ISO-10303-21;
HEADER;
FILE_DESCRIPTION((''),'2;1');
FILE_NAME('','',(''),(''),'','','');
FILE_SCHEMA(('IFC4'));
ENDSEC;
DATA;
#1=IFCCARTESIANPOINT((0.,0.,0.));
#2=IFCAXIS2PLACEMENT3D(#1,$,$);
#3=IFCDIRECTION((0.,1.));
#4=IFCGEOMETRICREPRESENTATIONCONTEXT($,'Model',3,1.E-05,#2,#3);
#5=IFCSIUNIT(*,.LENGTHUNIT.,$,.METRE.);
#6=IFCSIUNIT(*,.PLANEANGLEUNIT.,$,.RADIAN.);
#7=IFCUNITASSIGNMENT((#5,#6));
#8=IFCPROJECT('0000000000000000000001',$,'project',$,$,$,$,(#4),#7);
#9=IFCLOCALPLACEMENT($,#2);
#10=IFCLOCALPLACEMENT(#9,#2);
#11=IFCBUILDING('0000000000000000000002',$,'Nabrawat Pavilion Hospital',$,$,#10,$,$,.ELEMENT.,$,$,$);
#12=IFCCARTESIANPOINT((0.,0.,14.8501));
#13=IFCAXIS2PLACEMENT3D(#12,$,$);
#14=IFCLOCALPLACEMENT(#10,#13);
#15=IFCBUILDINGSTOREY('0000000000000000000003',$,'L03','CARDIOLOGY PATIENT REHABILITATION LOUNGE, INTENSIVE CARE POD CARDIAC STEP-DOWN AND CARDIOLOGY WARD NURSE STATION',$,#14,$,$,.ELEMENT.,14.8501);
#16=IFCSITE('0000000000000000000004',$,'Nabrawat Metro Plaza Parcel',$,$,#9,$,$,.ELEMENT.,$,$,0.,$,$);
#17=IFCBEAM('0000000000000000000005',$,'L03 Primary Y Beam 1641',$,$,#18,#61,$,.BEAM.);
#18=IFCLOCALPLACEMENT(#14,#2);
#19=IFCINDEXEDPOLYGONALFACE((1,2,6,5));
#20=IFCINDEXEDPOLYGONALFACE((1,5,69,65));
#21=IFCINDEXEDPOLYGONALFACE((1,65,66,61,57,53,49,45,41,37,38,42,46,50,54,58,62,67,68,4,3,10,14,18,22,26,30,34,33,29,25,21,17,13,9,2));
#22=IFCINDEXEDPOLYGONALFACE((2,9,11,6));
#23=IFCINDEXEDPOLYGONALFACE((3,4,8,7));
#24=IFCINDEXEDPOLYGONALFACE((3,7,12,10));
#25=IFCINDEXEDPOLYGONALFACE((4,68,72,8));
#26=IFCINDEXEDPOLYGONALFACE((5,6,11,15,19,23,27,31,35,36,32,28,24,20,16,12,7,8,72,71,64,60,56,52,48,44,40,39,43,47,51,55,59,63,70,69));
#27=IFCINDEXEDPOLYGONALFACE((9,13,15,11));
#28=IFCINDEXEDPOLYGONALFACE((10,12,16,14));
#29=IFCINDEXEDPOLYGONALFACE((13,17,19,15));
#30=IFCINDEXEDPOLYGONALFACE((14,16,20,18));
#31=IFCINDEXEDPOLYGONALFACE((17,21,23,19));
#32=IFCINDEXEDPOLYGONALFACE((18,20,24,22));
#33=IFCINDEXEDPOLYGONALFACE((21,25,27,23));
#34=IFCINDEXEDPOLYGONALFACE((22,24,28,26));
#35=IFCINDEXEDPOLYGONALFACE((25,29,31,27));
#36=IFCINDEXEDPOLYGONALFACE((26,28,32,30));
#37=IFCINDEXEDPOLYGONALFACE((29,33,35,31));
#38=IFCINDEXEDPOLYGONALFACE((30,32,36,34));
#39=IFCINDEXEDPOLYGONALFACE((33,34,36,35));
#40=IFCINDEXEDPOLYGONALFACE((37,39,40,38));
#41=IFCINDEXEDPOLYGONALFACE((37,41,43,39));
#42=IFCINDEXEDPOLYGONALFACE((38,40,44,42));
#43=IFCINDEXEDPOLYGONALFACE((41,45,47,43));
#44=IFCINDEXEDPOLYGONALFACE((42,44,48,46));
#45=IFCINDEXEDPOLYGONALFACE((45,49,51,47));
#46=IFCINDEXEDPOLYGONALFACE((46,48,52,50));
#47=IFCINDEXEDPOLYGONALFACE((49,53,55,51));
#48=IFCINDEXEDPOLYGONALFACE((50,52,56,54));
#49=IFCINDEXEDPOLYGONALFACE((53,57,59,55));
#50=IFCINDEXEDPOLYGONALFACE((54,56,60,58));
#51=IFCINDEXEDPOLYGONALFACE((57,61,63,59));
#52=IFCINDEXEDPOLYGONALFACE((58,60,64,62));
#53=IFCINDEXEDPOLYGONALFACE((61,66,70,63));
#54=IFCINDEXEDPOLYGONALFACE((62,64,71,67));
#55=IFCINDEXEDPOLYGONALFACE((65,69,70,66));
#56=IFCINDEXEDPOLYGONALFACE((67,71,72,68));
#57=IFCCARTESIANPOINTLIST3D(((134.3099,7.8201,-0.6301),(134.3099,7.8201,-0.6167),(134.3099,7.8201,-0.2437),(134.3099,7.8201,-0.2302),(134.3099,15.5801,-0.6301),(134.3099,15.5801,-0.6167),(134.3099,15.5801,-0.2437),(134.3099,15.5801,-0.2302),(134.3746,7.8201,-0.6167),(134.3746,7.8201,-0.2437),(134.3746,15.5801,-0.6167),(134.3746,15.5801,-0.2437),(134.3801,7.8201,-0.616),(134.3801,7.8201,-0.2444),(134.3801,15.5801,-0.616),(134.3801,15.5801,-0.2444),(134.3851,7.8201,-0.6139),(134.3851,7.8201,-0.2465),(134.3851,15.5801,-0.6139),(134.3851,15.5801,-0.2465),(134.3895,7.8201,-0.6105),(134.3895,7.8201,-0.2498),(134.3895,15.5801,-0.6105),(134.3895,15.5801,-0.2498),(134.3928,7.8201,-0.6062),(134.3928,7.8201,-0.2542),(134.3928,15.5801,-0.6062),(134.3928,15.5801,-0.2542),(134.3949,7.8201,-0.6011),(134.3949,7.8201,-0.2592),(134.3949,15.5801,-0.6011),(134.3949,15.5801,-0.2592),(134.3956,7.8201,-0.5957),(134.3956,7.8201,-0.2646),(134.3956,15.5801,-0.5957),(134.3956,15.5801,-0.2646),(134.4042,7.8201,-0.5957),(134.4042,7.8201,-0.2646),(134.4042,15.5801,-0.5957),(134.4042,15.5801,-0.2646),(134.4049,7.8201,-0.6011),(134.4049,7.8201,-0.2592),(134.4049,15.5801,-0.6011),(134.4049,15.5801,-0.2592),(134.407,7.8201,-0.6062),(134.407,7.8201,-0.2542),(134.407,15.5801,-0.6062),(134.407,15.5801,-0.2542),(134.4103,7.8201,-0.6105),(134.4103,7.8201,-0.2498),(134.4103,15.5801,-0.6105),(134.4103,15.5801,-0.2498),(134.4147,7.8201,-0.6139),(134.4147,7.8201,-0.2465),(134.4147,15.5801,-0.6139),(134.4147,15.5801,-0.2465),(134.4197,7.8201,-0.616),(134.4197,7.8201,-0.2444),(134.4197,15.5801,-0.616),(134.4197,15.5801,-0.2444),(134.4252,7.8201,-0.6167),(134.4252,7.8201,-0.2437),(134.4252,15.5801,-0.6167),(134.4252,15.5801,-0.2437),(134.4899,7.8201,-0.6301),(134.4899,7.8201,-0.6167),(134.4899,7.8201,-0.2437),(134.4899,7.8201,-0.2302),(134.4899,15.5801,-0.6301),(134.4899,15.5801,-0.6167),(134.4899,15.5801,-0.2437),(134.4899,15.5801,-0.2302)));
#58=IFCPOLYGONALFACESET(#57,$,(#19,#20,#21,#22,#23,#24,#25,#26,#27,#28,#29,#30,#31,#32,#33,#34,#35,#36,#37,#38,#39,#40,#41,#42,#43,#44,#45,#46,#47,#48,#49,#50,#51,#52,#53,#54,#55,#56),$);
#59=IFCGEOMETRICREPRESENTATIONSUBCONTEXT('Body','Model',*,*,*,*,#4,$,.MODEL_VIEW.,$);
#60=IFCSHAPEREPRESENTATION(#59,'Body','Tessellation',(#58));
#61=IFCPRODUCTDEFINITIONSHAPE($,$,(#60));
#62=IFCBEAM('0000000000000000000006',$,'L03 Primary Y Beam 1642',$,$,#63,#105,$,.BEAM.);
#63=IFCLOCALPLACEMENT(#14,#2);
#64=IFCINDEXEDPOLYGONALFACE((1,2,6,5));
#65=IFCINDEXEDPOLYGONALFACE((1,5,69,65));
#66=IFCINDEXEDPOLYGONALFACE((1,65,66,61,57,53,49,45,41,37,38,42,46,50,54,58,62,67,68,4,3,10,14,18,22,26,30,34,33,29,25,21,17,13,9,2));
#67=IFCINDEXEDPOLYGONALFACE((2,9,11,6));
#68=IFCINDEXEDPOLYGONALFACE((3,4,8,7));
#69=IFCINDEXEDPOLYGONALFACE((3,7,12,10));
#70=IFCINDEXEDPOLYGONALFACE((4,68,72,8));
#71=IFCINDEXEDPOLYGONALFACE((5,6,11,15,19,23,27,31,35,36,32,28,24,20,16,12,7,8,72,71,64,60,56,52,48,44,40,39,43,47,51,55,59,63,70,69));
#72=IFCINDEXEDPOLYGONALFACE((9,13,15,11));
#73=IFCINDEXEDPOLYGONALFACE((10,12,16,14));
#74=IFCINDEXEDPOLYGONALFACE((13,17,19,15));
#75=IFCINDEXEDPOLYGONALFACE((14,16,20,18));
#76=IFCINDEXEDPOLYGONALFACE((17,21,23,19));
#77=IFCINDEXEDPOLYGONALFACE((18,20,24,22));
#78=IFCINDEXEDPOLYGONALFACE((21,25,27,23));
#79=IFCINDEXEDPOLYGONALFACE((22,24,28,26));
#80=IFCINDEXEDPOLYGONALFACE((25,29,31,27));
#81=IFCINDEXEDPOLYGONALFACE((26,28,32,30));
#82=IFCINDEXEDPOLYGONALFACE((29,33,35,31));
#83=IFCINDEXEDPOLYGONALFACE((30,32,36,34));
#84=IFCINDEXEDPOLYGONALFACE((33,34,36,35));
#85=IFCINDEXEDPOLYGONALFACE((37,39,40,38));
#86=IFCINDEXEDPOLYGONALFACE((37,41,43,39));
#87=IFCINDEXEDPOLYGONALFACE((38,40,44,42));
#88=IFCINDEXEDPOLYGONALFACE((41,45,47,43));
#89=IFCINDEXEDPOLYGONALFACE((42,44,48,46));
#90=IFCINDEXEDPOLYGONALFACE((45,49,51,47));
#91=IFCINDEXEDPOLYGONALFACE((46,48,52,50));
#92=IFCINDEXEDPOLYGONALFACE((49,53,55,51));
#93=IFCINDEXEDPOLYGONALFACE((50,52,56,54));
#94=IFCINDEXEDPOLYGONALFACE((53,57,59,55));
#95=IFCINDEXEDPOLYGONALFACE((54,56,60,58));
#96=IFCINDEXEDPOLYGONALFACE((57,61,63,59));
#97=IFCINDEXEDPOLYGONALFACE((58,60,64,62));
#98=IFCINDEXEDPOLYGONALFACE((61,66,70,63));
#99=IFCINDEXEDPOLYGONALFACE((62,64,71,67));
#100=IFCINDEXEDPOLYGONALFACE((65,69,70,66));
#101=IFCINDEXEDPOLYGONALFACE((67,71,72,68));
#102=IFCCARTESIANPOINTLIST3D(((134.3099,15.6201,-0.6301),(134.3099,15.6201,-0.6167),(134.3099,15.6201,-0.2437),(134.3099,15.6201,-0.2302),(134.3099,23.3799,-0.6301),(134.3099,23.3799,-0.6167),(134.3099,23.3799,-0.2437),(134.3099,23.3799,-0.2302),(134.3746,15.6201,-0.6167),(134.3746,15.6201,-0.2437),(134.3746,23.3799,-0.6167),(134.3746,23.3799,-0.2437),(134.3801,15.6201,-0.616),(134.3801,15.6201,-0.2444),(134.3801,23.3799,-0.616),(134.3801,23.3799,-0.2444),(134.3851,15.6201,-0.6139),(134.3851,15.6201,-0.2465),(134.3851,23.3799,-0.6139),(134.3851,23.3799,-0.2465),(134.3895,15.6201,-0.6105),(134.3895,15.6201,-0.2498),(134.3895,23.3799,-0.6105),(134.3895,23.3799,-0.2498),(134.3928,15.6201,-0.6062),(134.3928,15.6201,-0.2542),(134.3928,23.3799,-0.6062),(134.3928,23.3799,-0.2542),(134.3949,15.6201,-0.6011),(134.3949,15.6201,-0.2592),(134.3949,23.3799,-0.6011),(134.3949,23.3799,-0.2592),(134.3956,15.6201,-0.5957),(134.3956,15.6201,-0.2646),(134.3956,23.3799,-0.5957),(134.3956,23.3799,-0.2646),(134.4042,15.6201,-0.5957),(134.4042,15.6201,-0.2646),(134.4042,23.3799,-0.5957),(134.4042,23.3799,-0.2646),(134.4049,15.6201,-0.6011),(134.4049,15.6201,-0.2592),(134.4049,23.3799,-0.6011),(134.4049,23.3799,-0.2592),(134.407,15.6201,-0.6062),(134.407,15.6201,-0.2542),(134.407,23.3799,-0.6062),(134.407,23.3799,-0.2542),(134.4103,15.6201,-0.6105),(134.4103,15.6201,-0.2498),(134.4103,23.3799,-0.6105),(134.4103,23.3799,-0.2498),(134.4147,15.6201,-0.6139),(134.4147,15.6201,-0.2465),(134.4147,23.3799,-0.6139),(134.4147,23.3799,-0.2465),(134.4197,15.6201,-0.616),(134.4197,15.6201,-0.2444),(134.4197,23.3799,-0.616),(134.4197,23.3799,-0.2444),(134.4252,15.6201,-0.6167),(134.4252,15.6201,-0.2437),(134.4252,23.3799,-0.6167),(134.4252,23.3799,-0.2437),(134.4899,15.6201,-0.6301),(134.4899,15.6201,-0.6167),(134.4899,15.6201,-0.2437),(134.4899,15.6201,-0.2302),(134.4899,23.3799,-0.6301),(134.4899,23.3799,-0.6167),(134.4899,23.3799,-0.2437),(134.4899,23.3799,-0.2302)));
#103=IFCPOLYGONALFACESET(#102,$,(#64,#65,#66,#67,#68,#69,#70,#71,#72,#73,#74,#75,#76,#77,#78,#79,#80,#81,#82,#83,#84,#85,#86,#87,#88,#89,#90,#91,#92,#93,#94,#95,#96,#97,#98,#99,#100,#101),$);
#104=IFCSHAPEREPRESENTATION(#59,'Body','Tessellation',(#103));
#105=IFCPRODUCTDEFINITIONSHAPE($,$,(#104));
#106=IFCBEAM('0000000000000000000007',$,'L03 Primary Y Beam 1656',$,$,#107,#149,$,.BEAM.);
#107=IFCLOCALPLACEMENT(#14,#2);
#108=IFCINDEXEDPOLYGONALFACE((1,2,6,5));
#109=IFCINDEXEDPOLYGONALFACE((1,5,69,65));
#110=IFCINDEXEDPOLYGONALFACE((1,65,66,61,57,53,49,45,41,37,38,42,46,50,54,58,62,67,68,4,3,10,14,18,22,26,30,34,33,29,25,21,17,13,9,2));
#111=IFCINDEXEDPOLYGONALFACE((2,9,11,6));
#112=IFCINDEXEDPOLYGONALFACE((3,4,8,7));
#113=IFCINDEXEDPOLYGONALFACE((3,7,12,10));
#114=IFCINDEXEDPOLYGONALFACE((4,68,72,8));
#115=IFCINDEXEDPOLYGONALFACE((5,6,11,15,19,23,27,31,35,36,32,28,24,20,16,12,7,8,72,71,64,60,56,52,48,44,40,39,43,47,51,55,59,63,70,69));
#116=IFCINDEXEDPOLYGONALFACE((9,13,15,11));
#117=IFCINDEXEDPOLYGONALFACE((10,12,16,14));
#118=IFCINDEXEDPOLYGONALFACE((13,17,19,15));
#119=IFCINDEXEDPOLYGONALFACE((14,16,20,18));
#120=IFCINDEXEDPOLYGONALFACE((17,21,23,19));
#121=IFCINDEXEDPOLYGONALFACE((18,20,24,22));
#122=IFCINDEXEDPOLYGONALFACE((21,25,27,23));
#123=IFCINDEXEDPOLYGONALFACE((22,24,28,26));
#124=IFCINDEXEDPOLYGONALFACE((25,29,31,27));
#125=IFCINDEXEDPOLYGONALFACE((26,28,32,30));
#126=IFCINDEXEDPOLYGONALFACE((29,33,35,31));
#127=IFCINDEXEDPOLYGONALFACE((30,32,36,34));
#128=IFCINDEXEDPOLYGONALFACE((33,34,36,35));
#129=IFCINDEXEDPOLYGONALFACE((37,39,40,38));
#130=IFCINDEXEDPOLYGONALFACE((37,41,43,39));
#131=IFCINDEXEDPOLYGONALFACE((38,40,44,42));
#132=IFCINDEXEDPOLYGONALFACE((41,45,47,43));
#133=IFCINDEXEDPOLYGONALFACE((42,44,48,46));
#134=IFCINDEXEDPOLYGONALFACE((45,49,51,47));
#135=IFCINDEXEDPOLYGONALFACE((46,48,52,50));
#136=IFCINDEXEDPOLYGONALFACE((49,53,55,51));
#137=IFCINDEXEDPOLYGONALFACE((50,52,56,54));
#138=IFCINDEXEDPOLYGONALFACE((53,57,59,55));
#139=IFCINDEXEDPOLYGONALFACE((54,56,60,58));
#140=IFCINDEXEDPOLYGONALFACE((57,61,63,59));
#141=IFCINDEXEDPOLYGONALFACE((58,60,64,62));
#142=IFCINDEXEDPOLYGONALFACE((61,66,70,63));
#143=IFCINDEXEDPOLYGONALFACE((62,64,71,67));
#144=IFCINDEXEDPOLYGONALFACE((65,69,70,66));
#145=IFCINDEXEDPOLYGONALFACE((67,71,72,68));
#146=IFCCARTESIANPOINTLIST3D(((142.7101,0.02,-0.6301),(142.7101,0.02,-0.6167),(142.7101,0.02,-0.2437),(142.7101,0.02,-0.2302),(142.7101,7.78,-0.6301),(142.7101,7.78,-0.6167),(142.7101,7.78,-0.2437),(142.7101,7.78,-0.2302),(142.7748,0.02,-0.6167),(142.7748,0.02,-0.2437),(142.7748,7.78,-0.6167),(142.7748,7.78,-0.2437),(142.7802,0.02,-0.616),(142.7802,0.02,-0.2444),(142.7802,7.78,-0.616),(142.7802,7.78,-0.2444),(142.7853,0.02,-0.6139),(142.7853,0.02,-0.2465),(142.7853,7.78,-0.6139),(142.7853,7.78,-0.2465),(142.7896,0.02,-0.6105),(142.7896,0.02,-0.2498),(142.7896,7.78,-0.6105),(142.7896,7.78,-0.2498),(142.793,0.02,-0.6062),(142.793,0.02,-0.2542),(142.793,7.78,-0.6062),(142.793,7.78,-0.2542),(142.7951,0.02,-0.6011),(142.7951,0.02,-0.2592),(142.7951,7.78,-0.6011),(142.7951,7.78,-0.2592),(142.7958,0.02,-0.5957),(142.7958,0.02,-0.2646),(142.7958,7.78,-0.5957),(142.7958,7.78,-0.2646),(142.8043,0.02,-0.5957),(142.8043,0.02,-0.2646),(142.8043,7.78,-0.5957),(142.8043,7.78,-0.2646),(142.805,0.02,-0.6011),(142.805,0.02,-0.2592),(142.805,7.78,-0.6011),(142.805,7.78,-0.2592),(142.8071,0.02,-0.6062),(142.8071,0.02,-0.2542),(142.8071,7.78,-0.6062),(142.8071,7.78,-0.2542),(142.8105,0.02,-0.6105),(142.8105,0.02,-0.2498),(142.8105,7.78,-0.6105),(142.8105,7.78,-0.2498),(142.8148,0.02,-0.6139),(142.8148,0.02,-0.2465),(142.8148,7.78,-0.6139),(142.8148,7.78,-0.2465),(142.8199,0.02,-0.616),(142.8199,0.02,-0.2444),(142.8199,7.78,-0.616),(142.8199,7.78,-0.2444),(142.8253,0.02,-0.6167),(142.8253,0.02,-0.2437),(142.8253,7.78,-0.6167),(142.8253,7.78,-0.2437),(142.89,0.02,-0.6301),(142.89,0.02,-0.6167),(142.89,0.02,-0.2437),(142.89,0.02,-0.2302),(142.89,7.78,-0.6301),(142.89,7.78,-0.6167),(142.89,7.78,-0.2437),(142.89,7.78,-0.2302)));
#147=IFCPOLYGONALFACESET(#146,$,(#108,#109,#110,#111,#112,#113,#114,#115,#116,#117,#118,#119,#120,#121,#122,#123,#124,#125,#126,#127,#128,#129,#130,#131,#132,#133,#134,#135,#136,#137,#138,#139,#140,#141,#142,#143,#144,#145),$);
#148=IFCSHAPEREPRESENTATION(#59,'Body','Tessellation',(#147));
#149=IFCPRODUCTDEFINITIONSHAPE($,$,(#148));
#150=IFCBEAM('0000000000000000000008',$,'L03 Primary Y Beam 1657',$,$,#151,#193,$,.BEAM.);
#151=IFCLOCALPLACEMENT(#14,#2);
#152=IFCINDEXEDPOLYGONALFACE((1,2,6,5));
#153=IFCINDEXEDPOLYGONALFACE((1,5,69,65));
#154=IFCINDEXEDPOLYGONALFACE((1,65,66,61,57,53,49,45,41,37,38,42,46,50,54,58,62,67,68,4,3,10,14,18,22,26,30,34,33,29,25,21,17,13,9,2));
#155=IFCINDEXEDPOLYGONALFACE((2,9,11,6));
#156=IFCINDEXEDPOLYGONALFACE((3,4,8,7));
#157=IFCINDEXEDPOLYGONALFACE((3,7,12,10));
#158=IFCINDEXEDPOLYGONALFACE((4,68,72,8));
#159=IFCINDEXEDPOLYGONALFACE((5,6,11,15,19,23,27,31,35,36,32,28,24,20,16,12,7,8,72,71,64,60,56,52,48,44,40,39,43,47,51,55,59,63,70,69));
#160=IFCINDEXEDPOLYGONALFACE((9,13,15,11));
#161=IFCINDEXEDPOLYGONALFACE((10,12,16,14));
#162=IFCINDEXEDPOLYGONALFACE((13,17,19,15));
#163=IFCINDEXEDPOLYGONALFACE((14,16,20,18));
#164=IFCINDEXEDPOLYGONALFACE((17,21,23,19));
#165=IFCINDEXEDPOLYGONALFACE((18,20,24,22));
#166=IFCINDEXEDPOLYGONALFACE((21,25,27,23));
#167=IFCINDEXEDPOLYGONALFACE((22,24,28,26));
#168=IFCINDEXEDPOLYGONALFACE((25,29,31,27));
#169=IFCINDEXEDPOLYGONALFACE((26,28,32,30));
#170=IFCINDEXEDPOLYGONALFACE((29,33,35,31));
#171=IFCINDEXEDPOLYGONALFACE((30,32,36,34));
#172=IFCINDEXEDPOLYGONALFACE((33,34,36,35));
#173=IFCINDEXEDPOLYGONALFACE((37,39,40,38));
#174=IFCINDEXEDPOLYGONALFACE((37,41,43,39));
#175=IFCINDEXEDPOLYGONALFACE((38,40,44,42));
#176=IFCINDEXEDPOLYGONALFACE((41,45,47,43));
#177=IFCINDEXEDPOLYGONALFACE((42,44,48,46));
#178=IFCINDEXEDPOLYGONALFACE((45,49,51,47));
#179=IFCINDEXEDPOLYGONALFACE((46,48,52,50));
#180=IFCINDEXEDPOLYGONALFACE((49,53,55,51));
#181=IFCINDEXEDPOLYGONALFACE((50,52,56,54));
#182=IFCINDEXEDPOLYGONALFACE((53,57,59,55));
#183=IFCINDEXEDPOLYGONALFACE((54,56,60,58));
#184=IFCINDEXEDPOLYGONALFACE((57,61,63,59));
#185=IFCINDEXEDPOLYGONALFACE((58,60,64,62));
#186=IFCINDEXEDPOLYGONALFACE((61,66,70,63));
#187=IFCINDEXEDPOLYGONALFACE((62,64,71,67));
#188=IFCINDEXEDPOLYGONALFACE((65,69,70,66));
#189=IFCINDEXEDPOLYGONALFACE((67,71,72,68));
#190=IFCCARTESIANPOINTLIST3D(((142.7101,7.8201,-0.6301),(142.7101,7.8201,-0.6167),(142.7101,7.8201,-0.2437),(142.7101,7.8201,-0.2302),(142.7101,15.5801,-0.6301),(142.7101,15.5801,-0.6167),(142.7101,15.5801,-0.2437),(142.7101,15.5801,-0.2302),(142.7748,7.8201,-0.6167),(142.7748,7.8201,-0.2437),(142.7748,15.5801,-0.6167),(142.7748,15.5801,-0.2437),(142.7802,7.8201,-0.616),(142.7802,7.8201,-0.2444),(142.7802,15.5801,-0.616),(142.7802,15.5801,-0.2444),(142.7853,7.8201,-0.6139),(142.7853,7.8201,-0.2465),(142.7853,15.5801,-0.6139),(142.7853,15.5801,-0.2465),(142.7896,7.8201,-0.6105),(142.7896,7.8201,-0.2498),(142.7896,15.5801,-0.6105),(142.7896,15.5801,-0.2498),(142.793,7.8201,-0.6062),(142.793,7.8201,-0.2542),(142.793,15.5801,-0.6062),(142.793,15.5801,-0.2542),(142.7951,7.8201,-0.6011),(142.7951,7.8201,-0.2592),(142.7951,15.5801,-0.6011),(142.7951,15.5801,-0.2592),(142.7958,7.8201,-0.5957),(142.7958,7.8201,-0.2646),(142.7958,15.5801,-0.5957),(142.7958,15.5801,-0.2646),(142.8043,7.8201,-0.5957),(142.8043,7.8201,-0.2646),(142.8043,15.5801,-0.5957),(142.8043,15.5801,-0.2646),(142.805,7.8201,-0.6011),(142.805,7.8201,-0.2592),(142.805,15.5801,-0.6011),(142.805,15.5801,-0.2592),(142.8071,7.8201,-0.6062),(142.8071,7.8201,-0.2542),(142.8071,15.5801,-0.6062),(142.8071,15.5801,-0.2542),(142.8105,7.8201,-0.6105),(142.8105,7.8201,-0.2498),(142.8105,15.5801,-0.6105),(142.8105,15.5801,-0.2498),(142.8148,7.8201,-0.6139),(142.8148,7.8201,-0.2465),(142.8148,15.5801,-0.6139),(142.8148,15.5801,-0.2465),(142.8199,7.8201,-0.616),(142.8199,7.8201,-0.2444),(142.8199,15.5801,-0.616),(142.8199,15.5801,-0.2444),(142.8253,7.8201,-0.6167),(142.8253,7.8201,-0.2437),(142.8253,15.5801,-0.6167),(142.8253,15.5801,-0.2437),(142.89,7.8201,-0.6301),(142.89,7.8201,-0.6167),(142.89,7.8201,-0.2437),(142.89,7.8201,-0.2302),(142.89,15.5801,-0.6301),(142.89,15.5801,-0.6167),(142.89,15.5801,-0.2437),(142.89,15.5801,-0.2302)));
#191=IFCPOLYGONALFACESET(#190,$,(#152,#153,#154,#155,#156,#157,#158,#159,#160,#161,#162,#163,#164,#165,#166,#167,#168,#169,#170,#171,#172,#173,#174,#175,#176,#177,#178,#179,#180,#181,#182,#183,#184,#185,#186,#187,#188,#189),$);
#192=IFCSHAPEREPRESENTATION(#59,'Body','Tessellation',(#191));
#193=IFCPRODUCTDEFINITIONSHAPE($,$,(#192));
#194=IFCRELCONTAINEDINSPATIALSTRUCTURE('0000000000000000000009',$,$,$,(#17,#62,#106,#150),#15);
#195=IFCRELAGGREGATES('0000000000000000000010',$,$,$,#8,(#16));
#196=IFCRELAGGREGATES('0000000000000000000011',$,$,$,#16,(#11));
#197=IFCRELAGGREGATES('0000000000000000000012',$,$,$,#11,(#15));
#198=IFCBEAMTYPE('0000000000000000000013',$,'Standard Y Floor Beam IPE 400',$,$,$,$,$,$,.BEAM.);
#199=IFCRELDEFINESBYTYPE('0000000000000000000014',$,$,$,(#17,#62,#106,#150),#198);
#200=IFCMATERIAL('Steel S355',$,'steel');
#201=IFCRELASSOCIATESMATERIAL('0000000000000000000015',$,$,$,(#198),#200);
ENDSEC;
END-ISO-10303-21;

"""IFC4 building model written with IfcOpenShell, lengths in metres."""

from ifc_helpers import new_model, si_unit, direction, frame, origin, origin_2d, place, context, subcontext, project, spatial, i_section, extrude, material, material_profile, profile_set, type_object, element, save


model = new_model("IFC4")

# Units and contexts
model_context = context("Model", 3, precision=1e-05, world=origin(), true_north=direction((0.0, 1.0)))
body_context = subcontext(model_context, "Body", "Model", "MODEL_VIEW")
ifc_project = project(units=[si_unit("LENGTHUNIT", "METRE"), si_unit("PLANEANGLEUNIT", "RADIAN")], contexts=[model_context])

# Site, building, storey
site_placement = place(None, origin())
site = spatial("IfcSite", under=ifc_project, at=site_placement, Name="Nabrawat Metro Plaza Parcel", CompositionType="ELEMENT", RefElevation=0.0)
building_placement = place(site_placement, origin())
building = spatial("IfcBuilding", under=site, at=building_placement, Name="Nabrawat Pavilion Hospital", CompositionType="ELEMENT")
storey_placement = place(building_placement, frame((0.0, 0.0, 14.8501)))
storey = spatial("IfcBuildingStorey", under=building, at=storey_placement, Name="L03", Description="CARDIOLOGY PATIENT REHABILITATION LOUNGE, INTENSIVE CARE POD CARDIAC STEP-DOWN AND CARDIOLOGY WARD NURSE STATION", CompositionType="ELEMENT", Elevation=14.8501)

# Shared definitions
ifc_material_1 = material(Name="Steel S355", Category="steel")

# Beams
ifc_material_profile_1 = material_profile(ifc_material_1, i_section(OverallWidth=0.1799, OverallDepth=0.3999, WebThickness=0.0085, FlangeThickness=0.0134, FilletRadius=0.021, at=origin_2d()), Name="IPE 400")
ifc_profile_set_1 = profile_set([ifc_material_profile_1], Name="Steel S355")
beam_type_1 = type_object("IfcBeamType", Name="Standard Y Floor Beam IPE 400", PredefinedType="BEAM", material=ifc_profile_set_1)
for number, where, z_axis, x_axis, name in (
    (1, (134.3999, 7.8201, -0.4302), (0.0, 1.0, 0.0), (-1.0, 0.0, 0.0), "L03 Primary Y Beam 1641"),
):
    element("IfcBeam", number, at=place(storey_placement, frame(where, z_axis=z_axis, x_axis=x_axis)), inside=storey, type_object=beam_type_1, Name=name, PredefinedType="BEAM", context=body_context, shape_type="SweptSolid", body=[
        extrude(i_section(OverallWidth=0.1799, OverallDepth=0.3999, WebThickness=0.0085, FlangeThickness=0.0134, FilletRadius=0.021, at=origin_2d()), origin(), (0.0, 0.0, 1.0), 7.76),
    ])
beam_1_placement = place(storey_placement, frame((134.3999, 15.6201, -0.4302), z_axis=(0.0, 1.0, 0.0), x_axis=(-1.0, 0.0, 0.0)))
element("IfcBeam", 2, at=beam_1_placement, inside=storey, type_object=beam_type_1, Name="L03 Primary Y Beam 1642", PredefinedType="BEAM", context=body_context, shape_type="SweptSolid", body=[
    extrude(i_section(OverallWidth=0.1799, OverallDepth=0.3999, WebThickness=0.0085, FlangeThickness=0.0134, FilletRadius=0.021, at=origin_2d()), origin(), (0.0, 0.0, 1.0), 7.7598),
])
for number, where, z_axis, x_axis, name in (
    (3, (142.8, 0.02, -0.4302), (0.0, 1.0, 0.0), (-1.0, 0.0, 0.0), "L03 Primary Y Beam 1656"),
    (4, (142.8, 7.8201, -0.4302), (0.0, 1.0, 0.0), (-1.0, 0.0, 0.0), "L03 Primary Y Beam 1657"),
):
    element("IfcBeam", number, at=place(storey_placement, frame(where, z_axis=z_axis, x_axis=x_axis)), inside=storey, type_object=beam_type_1, Name=name, PredefinedType="BEAM", context=body_context, shape_type="SweptSolid", body=[
        extrude(i_section(OverallWidth=0.1799, OverallDepth=0.3999, WebThickness=0.0085, FlangeThickness=0.0134, FilletRadius=0.021, at=origin_2d()), origin(), (0.0, 0.0, 1.0), 7.76),
    ])

save(model, "model.ifc")
